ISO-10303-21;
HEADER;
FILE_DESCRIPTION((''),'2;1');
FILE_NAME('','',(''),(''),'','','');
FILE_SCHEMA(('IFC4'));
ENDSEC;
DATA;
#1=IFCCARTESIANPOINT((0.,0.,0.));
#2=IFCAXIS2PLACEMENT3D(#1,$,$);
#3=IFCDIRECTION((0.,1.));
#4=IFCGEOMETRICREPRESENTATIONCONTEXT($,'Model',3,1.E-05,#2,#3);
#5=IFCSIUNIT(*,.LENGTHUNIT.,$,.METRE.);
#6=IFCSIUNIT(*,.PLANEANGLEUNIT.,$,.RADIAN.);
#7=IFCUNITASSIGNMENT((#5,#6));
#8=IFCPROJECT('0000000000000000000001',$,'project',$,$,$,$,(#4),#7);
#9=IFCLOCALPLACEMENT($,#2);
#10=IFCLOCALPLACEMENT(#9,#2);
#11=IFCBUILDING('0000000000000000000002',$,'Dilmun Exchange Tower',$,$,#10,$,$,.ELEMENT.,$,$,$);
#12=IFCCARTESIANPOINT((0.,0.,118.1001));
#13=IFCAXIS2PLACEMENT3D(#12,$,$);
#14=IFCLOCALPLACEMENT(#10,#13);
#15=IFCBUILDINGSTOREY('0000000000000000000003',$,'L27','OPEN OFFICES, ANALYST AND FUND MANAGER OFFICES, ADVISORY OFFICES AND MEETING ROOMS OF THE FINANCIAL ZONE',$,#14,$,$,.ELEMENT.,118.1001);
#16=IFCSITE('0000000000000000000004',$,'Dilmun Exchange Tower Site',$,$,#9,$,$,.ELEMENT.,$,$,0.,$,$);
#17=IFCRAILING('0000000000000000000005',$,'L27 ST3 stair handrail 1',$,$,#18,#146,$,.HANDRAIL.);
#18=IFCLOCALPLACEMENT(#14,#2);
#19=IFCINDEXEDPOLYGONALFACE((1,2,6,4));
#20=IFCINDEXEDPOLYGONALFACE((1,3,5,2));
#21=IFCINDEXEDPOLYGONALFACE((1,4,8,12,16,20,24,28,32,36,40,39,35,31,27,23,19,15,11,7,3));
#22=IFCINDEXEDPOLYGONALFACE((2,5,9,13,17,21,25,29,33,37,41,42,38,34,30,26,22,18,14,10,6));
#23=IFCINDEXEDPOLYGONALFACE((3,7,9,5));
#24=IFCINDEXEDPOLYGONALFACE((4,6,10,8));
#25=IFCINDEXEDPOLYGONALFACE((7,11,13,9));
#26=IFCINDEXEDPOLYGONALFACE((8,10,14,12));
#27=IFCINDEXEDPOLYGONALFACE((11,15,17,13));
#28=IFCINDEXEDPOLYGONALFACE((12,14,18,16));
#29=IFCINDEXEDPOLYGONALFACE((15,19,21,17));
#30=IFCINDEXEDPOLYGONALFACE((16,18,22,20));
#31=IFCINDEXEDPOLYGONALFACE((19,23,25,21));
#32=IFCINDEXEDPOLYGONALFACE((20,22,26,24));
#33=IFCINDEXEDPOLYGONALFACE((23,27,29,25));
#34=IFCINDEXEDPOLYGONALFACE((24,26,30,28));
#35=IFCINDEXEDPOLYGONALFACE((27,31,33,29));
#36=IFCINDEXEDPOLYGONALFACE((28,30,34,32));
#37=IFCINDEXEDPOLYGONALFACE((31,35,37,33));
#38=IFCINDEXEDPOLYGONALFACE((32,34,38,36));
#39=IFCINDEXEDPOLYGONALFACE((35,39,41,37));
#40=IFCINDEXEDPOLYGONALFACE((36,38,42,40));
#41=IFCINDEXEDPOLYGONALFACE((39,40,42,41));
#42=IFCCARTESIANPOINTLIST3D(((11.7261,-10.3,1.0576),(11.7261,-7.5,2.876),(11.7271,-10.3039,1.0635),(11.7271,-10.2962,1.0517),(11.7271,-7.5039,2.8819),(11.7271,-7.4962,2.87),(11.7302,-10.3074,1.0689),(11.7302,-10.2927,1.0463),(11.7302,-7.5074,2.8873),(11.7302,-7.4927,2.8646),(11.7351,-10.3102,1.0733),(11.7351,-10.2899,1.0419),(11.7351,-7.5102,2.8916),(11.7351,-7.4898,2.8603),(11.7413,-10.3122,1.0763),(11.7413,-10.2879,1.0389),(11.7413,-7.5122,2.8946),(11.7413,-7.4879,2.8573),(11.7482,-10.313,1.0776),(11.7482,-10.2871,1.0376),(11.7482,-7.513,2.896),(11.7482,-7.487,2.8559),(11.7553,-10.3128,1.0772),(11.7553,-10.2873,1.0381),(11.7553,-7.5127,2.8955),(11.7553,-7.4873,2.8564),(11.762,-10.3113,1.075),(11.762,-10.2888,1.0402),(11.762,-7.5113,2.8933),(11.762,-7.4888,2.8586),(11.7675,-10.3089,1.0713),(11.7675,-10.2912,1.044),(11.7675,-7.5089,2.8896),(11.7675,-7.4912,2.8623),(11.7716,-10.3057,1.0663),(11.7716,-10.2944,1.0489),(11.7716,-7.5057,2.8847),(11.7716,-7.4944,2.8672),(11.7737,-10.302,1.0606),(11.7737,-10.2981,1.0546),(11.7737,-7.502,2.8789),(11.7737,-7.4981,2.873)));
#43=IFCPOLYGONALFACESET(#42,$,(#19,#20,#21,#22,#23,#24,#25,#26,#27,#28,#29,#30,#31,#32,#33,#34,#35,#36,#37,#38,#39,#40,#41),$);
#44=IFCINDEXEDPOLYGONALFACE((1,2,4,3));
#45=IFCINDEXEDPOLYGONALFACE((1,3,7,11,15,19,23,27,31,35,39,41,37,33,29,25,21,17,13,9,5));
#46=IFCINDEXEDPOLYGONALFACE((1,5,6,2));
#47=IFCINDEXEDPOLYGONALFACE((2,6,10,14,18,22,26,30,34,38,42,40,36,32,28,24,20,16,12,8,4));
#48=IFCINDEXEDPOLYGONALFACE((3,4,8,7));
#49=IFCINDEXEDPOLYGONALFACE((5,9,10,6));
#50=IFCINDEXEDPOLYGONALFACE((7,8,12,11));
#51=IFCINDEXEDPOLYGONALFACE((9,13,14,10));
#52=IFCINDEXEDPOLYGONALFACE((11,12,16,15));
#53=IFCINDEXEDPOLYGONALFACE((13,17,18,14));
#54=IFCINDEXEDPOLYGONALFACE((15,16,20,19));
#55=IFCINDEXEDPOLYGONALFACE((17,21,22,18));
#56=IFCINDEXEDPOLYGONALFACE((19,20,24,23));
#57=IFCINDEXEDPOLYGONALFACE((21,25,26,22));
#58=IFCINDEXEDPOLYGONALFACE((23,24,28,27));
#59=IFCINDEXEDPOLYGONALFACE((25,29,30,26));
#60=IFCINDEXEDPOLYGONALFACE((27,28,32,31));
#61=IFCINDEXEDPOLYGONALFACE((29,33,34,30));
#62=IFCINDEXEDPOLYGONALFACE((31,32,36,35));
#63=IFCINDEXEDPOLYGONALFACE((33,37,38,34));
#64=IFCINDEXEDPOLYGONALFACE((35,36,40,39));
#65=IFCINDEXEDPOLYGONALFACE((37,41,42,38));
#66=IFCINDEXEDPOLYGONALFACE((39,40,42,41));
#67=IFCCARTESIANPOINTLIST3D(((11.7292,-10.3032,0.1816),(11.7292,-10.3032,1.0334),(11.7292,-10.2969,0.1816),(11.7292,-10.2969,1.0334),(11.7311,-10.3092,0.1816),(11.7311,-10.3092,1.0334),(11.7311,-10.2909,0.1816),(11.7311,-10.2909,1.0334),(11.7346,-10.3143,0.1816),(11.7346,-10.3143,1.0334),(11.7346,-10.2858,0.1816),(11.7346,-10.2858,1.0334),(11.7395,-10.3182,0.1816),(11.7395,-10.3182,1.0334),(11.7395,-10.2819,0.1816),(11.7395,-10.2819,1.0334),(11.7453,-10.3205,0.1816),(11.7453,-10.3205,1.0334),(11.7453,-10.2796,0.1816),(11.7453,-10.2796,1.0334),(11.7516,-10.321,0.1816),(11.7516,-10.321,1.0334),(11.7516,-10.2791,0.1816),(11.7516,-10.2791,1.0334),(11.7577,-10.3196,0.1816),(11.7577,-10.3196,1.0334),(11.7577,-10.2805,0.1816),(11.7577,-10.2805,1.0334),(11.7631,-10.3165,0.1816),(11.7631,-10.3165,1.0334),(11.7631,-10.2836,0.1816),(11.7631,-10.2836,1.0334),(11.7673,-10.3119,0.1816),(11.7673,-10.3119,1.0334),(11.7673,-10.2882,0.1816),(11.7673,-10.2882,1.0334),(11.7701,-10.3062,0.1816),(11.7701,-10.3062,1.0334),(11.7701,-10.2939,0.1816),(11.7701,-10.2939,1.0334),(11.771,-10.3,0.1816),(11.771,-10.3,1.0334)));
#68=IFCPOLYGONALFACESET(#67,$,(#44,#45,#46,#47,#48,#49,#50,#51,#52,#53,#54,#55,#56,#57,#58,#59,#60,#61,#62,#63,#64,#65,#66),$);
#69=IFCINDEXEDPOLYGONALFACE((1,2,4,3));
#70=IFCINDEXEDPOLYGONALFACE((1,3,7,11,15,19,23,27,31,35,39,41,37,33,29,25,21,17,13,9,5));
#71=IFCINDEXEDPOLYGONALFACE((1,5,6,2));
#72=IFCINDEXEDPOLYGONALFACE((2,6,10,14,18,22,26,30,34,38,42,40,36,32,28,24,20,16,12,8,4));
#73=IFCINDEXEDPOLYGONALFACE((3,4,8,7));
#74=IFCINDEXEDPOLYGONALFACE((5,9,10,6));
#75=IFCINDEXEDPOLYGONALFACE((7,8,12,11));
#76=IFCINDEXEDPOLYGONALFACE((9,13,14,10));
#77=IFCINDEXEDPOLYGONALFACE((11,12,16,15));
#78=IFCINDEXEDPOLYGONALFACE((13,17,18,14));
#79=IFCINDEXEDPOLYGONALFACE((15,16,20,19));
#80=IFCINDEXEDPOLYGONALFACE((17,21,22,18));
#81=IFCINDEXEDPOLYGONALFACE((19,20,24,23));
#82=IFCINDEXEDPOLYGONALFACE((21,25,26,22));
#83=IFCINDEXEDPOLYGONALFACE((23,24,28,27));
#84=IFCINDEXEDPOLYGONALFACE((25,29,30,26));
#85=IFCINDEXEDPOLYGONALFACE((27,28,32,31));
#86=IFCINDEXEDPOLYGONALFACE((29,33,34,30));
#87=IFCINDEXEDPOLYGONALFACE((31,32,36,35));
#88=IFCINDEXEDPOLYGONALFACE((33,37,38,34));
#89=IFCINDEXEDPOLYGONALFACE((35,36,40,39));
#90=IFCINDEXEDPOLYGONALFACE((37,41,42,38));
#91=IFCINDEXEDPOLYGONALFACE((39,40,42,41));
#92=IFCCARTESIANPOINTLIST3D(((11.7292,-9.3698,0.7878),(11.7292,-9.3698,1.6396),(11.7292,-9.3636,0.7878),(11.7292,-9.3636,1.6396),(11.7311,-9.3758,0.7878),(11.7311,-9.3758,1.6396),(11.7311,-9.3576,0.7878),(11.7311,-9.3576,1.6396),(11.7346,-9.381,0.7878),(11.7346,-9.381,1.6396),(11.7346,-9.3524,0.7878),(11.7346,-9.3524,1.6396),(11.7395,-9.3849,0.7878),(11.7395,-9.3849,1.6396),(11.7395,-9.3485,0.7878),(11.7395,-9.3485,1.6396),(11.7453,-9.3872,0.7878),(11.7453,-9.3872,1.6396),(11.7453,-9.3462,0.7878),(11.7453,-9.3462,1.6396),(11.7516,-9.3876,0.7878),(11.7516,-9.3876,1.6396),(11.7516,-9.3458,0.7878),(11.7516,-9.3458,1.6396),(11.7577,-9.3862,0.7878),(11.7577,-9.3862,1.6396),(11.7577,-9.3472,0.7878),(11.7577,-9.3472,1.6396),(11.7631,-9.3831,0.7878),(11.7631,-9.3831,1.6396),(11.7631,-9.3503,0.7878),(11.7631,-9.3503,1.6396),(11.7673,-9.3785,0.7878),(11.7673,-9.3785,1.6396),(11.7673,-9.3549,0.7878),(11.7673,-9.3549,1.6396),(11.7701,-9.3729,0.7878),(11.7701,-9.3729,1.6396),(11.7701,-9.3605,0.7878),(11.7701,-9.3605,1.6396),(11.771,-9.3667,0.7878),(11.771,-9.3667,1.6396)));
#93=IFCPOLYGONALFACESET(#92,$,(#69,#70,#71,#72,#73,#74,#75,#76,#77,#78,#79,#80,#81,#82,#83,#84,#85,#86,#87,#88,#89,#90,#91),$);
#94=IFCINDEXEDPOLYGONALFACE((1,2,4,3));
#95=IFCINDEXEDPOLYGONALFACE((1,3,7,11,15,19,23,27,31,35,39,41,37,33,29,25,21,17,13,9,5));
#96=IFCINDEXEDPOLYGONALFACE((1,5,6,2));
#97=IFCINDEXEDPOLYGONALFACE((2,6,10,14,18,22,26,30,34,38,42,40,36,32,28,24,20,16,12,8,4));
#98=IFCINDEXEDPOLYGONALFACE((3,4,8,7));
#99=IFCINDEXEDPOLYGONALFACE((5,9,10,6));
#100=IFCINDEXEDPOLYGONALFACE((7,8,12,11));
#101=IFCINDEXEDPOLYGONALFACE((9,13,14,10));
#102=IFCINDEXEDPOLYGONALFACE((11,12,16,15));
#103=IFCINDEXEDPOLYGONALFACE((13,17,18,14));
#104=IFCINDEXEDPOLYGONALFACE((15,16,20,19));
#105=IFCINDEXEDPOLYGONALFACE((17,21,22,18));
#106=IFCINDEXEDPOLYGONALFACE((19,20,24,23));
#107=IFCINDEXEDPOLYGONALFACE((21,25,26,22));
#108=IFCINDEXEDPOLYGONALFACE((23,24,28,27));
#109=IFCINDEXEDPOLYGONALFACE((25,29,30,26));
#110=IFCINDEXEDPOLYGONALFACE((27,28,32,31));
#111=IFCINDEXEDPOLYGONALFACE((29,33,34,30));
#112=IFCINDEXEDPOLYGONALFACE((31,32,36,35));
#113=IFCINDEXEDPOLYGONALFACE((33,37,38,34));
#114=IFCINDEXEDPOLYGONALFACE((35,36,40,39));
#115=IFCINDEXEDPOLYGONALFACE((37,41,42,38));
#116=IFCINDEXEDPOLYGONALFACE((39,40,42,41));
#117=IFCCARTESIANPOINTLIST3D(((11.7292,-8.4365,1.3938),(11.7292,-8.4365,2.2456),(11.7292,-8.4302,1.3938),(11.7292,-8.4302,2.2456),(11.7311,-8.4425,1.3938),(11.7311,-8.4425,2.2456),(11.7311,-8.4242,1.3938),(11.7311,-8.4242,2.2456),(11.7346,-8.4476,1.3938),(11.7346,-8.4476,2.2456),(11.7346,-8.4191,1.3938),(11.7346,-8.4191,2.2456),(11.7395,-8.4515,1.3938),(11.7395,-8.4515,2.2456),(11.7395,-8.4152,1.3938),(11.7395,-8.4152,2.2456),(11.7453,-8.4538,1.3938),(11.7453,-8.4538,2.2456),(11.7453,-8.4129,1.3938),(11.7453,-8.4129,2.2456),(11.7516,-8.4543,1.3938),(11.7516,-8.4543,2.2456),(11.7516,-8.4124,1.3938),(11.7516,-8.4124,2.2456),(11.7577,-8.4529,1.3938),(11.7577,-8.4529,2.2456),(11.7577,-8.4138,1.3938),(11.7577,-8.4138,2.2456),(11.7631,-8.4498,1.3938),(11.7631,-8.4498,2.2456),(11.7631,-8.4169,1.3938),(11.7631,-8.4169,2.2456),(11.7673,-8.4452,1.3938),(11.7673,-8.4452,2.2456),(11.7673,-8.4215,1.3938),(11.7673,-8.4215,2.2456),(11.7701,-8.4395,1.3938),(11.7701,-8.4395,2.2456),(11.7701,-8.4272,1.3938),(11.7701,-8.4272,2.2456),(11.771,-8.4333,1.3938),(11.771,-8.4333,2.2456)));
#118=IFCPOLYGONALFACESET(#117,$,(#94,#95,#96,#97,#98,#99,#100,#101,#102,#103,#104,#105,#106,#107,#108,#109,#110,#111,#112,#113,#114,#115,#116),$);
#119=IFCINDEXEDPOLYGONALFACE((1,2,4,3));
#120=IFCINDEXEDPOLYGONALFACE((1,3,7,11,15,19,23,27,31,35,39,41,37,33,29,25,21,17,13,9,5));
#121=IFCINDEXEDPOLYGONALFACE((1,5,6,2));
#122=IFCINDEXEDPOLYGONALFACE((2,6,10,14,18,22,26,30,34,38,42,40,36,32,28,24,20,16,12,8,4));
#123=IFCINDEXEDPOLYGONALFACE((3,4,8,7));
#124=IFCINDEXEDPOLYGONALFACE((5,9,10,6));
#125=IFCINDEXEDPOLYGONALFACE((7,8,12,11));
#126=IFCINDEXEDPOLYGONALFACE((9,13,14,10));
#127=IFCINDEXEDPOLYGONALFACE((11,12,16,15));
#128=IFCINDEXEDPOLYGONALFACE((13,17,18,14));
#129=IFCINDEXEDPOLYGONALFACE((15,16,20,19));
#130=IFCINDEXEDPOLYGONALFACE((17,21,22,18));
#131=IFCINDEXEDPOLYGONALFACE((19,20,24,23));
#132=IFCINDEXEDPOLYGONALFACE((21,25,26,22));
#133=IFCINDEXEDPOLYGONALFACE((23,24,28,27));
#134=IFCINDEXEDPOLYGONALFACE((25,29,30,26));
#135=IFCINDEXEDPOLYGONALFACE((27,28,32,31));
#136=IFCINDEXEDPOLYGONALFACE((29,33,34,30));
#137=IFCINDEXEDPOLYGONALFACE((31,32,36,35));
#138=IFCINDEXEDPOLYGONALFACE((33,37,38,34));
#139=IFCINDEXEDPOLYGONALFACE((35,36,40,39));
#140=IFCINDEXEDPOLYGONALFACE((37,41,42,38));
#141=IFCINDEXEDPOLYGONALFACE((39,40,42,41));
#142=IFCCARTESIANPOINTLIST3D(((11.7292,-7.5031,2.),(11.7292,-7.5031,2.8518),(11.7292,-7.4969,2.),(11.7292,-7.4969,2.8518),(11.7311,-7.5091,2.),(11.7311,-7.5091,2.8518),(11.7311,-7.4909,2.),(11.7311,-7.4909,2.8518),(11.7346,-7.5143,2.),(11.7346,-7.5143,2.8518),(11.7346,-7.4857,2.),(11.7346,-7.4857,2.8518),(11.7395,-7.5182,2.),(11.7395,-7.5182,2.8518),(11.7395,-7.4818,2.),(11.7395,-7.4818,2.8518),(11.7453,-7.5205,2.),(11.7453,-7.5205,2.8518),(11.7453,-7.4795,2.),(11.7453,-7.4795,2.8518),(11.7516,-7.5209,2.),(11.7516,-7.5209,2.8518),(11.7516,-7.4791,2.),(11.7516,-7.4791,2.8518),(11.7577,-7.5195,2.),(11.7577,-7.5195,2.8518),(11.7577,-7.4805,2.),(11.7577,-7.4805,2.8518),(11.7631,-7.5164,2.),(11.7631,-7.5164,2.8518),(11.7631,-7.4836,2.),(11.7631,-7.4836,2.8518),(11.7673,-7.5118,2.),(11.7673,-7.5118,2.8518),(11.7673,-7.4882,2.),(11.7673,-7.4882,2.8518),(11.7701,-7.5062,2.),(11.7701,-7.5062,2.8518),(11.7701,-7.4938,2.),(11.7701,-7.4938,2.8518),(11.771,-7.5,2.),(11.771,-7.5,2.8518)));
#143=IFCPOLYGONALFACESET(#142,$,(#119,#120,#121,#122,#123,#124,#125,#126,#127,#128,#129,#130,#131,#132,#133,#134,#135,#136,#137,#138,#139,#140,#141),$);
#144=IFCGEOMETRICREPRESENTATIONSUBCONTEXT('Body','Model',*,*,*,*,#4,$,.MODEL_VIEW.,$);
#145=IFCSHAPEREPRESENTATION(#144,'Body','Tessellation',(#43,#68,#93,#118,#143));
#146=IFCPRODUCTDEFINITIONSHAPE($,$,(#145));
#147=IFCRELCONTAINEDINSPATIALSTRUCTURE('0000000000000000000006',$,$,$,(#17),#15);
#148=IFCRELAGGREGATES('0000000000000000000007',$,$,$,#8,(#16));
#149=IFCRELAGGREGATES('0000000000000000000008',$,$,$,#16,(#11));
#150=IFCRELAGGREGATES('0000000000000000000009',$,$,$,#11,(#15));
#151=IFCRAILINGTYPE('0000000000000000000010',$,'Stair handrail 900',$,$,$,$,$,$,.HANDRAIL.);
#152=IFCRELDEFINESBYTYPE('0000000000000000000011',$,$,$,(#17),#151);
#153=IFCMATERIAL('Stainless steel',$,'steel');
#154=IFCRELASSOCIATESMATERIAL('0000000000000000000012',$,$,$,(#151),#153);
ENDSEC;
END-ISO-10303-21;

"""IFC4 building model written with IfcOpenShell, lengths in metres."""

from ifc_helpers import new_model, si_unit, direction, frame, origin, origin_2d, place, context, subcontext, project, spatial, circle, extrude, material, type_object, element, save


model = new_model("IFC4")

# Units and contexts
model_context = context("Model", 3, precision=1e-05, world=origin(), true_north=direction((0.0, 1.0)))
body_context = subcontext(model_context, "Body", "Model", "MODEL_VIEW")
ifc_project = project(units=[si_unit("LENGTHUNIT", "METRE"), si_unit("PLANEANGLEUNIT", "RADIAN")], contexts=[model_context])

# Site, building, storey
site_placement = place(None, origin())
site = spatial("IfcSite", under=ifc_project, at=site_placement, Name="Dilmun Exchange Tower Site", CompositionType="ELEMENT", RefElevation=0.0)
building_placement = place(site_placement, origin())
building = spatial("IfcBuilding", under=site, at=building_placement, Name="Dilmun Exchange Tower", CompositionType="ELEMENT")
storey_placement = place(building_placement, frame((0.0, 0.0, 118.1001)))
storey = spatial("IfcBuildingStorey", under=building, at=storey_placement, Name="L27", Description="OPEN OFFICES, ANALYST AND FUND MANAGER OFFICES, ADVISORY OFFICES AND MEETING ROOMS OF THE FINANCIAL ZONE", CompositionType="ELEMENT", Elevation=118.1001)

# Railing
ifc_material_1 = material(Name="Stainless steel", Category="steel")
railing_type = type_object("IfcRailingType", Name="Stair handrail 900", PredefinedType="HANDRAIL", material=ifc_material_1)
for number, where, name in (
    (1, (11.75, -10.3, 0.1816), "L27 ST3 stair handrail 1"),
):
    element("IfcRailing", number, at=place(storey_placement, frame(where)), inside=storey, type_object=railing_type, Name=name, PredefinedType="HANDRAIL", context=body_context, shape_type="SweptSolid", body=[
        extrude(circle(Radius=0.0239, at=origin_2d()), frame((0.0, 0.0, 0.876), z_axis=(0.0, 0.838672, 0.544636), x_axis=(-1.0, 0.0, 0.0)), (0.0, 0.0, 1.0), 3.3386),
        extrude(circle(Radius=0.021, at=origin_2d()), origin(), (0.0, 0.0, 1.0), 0.8518),
        extrude(circle(Radius=0.021, at=origin_2d()), frame((0.0, 0.9333, 0.6062)), (0.0, 0.0, 1.0), 0.8518),
        extrude(circle(Radius=0.021, at=origin_2d()), frame((0.0, 1.8667, 1.2122)), (0.0, 0.0, 1.0), 0.8518),
        extrude(circle(Radius=0.021, at=origin_2d()), frame((0.0, 2.8, 1.8184)), (0.0, 0.0, 1.0), 0.8518),
    ])

save(model, "model.ifc")
